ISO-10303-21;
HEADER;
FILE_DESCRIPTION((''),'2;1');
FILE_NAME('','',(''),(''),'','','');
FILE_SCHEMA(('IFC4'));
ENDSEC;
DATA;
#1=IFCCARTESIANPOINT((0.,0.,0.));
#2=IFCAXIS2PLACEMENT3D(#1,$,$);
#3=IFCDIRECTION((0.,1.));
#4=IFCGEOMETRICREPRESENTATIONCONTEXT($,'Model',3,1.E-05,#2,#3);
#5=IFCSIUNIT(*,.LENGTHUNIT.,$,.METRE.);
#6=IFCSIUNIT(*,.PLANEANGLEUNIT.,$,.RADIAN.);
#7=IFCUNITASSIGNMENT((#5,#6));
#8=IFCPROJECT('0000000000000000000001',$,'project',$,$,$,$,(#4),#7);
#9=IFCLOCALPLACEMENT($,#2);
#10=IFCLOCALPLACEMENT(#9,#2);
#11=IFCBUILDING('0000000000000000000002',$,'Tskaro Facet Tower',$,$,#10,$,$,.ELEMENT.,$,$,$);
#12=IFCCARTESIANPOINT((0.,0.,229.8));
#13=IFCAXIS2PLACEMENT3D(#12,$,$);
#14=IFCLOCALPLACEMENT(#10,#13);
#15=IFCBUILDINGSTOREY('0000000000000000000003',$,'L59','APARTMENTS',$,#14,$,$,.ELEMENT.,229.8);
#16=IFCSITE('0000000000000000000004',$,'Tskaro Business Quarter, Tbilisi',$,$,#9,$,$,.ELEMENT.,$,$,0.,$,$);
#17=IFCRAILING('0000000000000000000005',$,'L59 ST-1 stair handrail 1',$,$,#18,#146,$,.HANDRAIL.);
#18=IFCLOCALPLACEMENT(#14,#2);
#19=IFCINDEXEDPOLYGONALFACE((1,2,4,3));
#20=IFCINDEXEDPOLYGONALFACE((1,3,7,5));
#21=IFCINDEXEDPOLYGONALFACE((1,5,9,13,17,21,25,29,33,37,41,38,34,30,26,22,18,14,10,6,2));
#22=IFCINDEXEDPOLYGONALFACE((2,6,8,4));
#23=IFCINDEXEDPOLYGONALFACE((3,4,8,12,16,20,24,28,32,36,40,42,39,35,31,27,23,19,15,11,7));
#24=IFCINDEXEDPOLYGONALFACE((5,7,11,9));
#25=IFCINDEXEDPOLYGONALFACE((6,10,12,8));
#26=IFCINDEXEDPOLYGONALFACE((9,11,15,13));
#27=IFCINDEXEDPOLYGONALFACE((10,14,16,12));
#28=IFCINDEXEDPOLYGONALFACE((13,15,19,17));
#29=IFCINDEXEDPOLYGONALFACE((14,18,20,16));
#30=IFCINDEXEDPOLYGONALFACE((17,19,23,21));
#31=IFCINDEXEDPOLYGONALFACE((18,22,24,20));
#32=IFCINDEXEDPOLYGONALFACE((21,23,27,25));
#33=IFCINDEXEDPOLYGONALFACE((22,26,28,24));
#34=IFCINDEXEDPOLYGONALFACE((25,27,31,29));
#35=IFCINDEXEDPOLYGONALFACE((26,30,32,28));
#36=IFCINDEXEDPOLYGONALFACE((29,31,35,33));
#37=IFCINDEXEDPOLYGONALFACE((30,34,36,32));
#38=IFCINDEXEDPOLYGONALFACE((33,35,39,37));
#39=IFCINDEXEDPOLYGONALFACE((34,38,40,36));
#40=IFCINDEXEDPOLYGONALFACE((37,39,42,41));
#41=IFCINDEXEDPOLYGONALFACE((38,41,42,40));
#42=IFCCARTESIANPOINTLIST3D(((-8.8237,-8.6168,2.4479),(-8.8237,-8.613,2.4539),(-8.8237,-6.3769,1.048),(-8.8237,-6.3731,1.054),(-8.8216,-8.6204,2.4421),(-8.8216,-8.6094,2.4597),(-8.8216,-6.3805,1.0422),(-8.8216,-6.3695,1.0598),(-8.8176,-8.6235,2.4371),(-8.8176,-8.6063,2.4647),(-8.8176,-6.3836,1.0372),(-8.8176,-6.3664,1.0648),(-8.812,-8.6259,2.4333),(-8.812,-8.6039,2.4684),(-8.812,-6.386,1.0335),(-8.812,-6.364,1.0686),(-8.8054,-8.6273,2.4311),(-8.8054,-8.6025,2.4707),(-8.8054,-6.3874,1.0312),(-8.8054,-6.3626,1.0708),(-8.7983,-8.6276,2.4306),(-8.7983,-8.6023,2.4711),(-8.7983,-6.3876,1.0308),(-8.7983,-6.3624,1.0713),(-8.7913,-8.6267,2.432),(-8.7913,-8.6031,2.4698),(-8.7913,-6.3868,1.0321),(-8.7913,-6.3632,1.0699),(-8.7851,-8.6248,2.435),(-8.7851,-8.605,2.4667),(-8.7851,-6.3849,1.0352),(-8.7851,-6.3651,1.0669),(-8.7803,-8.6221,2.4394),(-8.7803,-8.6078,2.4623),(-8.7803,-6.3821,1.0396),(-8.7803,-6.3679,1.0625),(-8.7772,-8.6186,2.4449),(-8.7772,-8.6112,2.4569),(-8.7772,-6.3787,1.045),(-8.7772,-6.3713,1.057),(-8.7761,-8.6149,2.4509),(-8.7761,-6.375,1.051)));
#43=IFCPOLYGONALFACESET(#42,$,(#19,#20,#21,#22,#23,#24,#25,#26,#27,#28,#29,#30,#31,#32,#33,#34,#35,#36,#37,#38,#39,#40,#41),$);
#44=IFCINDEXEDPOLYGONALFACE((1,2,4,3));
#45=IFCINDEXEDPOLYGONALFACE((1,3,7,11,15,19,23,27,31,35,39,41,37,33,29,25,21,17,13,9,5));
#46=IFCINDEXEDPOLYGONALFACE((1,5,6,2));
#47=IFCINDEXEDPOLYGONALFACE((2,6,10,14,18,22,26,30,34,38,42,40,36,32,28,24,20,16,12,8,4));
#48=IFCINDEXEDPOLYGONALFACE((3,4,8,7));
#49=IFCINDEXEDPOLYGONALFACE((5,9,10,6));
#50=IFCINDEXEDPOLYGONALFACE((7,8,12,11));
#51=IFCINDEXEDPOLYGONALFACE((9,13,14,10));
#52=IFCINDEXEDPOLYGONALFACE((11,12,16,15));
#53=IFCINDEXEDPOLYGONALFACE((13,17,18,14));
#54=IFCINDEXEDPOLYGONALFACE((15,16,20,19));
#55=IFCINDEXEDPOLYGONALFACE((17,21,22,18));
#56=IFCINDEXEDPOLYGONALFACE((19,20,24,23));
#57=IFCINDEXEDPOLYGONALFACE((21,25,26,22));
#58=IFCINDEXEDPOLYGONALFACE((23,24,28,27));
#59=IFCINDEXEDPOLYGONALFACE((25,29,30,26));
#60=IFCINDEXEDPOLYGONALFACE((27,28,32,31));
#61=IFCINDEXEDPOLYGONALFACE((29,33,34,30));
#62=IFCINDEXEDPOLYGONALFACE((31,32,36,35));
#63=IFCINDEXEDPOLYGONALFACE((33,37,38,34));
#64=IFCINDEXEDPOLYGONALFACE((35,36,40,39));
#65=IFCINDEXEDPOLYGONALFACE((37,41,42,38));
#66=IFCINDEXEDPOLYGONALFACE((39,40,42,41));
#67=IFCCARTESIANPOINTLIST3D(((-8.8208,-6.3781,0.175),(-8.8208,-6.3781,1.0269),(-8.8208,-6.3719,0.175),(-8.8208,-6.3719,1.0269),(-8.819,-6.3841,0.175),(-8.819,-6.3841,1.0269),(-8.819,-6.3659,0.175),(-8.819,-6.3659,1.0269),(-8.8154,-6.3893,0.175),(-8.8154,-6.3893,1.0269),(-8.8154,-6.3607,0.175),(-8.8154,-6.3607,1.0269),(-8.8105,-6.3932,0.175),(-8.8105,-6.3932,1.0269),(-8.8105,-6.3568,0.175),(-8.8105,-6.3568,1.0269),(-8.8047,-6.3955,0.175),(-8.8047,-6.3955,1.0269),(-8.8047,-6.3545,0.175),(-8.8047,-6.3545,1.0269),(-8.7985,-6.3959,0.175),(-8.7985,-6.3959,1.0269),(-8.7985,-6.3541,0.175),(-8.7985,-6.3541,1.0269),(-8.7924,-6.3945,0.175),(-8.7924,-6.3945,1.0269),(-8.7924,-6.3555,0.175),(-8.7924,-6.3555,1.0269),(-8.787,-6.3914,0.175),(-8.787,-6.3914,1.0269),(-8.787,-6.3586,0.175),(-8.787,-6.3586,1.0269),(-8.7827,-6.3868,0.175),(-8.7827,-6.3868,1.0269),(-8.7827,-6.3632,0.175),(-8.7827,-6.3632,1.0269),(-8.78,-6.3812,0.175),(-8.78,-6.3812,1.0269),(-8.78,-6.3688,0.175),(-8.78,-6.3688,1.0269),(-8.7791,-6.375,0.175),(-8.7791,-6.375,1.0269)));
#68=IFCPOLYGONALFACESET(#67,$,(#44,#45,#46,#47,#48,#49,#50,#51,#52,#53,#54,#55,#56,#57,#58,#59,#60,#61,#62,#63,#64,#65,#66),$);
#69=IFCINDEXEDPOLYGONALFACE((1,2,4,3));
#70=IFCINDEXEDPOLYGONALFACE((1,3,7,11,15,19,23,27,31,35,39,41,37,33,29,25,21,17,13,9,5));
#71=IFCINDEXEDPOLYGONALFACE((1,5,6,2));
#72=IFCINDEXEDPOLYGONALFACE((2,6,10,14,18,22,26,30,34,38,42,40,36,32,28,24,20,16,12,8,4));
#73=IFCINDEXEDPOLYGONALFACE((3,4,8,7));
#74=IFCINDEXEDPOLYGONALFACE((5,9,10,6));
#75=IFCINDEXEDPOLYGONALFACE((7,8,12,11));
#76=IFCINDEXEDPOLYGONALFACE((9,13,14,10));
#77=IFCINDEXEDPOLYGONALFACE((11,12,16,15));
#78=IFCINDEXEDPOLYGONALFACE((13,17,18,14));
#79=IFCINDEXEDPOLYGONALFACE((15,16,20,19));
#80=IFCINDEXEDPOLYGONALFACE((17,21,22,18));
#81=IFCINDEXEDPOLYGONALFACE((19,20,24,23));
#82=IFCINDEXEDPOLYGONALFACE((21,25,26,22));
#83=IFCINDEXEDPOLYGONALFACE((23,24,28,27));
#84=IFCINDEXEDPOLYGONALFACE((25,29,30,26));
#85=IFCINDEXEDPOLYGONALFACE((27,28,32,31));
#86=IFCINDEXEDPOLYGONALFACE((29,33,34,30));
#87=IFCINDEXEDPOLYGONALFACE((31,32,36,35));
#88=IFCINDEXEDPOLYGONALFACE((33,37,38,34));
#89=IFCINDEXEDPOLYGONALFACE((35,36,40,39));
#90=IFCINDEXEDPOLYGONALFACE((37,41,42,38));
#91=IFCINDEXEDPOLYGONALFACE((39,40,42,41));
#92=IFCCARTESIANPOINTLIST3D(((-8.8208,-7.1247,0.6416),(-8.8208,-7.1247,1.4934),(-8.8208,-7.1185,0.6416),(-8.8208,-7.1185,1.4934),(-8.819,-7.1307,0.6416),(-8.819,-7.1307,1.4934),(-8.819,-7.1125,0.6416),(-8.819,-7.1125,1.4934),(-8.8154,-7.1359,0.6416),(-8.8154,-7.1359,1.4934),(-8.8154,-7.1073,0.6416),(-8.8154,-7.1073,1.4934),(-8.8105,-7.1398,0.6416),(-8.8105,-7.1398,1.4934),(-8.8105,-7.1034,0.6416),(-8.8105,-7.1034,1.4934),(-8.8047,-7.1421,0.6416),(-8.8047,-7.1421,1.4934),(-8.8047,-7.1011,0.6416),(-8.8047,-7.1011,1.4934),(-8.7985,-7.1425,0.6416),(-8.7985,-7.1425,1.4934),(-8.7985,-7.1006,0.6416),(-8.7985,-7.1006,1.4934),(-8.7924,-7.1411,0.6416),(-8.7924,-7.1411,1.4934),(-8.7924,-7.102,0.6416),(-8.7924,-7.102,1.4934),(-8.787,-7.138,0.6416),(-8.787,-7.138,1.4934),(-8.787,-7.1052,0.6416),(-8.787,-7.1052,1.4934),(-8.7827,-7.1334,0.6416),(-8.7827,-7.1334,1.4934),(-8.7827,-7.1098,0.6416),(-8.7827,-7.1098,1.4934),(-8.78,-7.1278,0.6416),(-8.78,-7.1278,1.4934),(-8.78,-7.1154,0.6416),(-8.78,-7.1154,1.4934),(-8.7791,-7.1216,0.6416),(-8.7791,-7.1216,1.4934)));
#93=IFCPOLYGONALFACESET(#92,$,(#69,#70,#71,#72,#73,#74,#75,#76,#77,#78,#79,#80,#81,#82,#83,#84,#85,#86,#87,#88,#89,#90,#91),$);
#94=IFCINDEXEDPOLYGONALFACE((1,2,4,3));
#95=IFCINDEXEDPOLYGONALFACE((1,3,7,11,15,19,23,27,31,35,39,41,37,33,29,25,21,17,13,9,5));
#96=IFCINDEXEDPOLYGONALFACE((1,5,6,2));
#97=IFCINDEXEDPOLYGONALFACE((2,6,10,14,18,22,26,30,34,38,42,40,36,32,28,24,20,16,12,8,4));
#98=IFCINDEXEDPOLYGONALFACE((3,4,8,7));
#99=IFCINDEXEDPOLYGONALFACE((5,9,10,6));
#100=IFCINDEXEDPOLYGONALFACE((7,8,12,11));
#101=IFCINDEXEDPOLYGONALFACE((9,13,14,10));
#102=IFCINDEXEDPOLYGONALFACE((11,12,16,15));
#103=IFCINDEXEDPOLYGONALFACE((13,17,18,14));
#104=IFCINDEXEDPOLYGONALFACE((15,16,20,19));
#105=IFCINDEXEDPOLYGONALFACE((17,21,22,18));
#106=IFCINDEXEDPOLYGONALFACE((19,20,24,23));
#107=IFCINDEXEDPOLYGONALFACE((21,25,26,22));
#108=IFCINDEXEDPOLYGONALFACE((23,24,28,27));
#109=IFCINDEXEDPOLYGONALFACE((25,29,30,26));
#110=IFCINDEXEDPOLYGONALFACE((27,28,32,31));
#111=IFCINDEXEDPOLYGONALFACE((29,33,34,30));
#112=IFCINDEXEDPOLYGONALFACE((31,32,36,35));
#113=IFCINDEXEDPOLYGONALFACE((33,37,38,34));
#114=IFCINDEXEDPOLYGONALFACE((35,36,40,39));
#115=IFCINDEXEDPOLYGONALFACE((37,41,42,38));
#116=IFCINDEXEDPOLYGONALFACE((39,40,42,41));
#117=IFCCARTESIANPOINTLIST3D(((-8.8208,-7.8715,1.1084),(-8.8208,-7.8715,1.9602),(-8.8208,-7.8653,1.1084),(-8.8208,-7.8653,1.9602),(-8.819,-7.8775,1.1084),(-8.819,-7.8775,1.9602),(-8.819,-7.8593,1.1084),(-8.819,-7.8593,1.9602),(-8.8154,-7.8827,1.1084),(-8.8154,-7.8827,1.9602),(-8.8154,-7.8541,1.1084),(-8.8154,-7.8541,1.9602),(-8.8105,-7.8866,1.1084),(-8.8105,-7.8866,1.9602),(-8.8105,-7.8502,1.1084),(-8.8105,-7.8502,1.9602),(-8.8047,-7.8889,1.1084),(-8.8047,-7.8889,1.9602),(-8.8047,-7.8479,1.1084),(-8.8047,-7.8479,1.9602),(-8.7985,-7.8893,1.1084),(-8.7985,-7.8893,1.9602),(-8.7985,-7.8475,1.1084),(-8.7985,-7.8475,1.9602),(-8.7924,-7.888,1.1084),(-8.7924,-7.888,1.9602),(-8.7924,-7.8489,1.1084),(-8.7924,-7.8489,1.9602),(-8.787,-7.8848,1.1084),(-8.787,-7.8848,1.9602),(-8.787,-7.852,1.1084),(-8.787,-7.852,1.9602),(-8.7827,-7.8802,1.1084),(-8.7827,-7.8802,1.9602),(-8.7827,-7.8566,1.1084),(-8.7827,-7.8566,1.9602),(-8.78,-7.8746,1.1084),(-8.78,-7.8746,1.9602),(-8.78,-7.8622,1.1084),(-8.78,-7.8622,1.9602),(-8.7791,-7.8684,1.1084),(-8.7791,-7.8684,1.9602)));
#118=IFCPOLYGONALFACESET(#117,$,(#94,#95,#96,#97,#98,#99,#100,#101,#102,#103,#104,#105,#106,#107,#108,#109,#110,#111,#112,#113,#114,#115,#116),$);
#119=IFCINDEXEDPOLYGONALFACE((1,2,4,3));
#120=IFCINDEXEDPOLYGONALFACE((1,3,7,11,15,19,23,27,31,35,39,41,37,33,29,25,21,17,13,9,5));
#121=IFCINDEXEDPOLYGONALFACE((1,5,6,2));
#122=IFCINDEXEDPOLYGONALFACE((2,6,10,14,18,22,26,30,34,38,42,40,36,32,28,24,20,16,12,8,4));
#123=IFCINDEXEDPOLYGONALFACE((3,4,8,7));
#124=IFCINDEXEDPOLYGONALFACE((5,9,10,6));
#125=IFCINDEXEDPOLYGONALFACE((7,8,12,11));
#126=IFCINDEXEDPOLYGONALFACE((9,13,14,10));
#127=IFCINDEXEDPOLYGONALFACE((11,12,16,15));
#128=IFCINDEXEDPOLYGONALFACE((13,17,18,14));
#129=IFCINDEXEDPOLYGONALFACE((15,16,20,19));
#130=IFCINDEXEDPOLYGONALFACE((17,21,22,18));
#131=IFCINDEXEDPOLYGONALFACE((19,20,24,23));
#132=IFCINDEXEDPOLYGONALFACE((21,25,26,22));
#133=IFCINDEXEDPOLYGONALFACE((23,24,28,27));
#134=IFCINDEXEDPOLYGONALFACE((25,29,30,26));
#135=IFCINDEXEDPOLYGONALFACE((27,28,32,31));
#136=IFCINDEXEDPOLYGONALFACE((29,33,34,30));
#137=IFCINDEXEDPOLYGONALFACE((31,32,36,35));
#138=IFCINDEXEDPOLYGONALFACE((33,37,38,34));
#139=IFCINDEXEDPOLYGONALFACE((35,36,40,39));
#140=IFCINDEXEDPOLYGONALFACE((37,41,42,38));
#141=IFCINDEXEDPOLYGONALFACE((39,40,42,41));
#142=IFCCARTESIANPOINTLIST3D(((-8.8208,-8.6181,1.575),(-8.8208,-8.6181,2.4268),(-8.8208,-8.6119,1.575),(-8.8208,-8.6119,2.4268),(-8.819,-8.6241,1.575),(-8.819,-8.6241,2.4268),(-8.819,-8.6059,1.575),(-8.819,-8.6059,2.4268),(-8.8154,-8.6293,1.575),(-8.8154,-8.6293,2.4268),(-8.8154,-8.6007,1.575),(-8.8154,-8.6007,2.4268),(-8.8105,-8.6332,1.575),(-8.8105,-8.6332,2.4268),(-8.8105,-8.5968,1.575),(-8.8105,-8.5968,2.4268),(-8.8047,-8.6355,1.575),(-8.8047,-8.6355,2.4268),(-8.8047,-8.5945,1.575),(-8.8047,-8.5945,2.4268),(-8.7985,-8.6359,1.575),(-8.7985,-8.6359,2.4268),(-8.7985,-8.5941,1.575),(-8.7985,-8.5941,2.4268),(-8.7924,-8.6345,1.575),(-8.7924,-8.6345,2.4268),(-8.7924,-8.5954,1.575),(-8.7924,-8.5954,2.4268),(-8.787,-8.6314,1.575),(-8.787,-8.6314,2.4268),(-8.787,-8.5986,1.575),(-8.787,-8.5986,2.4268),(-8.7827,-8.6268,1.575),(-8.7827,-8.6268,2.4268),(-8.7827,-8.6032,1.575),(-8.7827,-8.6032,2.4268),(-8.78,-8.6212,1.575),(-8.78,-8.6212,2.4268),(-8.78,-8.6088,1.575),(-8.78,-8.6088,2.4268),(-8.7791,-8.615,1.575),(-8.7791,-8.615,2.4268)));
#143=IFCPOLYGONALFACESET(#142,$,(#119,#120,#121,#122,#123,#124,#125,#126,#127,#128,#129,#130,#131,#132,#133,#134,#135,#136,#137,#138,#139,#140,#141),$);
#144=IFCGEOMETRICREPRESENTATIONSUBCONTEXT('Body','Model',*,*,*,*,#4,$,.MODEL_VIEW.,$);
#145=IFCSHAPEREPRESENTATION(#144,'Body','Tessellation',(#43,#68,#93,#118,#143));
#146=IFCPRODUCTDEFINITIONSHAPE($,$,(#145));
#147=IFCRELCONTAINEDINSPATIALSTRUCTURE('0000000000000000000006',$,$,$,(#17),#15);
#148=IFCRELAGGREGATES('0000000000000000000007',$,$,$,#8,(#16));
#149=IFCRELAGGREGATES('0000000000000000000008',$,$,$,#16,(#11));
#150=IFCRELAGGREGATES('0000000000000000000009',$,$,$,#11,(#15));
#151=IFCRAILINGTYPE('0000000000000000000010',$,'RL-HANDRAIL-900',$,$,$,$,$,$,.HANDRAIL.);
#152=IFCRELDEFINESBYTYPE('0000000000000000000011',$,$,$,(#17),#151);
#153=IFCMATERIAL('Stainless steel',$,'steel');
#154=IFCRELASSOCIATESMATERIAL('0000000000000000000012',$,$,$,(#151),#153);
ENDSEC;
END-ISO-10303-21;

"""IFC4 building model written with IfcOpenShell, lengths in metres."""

from ifc_helpers import new_model, si_unit, direction, frame, origin, origin_2d, place, context, subcontext, project, spatial, circle, extrude, material, type_object, element, save


model = new_model("IFC4")

# Units and contexts
model_context = context("Model", 3, precision=1e-05, world=origin(), true_north=direction((0.0, 1.0)))
body_context = subcontext(model_context, "Body", "Model", "MODEL_VIEW")
ifc_project = project(units=[si_unit("LENGTHUNIT", "METRE"), si_unit("PLANEANGLEUNIT", "RADIAN")], contexts=[model_context])

# Site, building, storey
site_placement = place(None, origin())
site = spatial("IfcSite", under=ifc_project, at=site_placement, Name="Tskaro Business Quarter, Tbilisi", CompositionType="ELEMENT", RefElevation=0.0)
building_placement = place(site_placement, origin())
building = spatial("IfcBuilding", under=site, at=building_placement, Name="Tskaro Facet Tower", CompositionType="ELEMENT")
storey_placement = place(building_placement, frame((0.0, 0.0, 229.8)))
storey = spatial("IfcBuildingStorey", under=building, at=storey_placement, Name="L59", Description="APARTMENTS", CompositionType="ELEMENT", Elevation=229.8)

# Shared definitions
ifc_material_1 = material(Name="Stainless steel", Category="steel")

# Railing
railing_type_1 = type_object("IfcRailingType", Name="RL-HANDRAIL-900", PredefinedType="HANDRAIL", material=ifc_material_1)
railing_1_placement = place(storey_placement, frame((-8.8, -6.375, 0.175)))
element("IfcRailing", 1, at=railing_1_placement, inside=storey, type_object=railing_type_1, Name="L59 ST-1 stair handrail 1", PredefinedType="HANDRAIL", context=body_context, shape_type="SweptSolid", body=[
    extrude(circle(Radius=0.0239, at=origin_2d()), frame((0.0, 0.0, 0.876), z_axis=(0.0, -0.848014, 0.529974), x_axis=(1.0, 0.0, 0.0)), (0.0, 0.0, 1.0), 2.6414),
    extrude(circle(Radius=0.021, at=origin_2d()), origin(), (0.0, 0.0, 1.0), 0.8518),
    extrude(circle(Radius=0.021, at=origin_2d()), frame((0.0, -0.7466, 0.4666)), (0.0, 0.0, 1.0), 0.8518),
    extrude(circle(Radius=0.021, at=origin_2d()), frame((0.0, -1.4934, 0.9333)), (0.0, 0.0, 1.0), 0.8518),
    extrude(circle(Radius=0.021, at=origin_2d()), frame((0.0, -2.24, 1.3999)), (0.0, 0.0, 1.0), 0.8518),
])

save(model, "model.ifc")
